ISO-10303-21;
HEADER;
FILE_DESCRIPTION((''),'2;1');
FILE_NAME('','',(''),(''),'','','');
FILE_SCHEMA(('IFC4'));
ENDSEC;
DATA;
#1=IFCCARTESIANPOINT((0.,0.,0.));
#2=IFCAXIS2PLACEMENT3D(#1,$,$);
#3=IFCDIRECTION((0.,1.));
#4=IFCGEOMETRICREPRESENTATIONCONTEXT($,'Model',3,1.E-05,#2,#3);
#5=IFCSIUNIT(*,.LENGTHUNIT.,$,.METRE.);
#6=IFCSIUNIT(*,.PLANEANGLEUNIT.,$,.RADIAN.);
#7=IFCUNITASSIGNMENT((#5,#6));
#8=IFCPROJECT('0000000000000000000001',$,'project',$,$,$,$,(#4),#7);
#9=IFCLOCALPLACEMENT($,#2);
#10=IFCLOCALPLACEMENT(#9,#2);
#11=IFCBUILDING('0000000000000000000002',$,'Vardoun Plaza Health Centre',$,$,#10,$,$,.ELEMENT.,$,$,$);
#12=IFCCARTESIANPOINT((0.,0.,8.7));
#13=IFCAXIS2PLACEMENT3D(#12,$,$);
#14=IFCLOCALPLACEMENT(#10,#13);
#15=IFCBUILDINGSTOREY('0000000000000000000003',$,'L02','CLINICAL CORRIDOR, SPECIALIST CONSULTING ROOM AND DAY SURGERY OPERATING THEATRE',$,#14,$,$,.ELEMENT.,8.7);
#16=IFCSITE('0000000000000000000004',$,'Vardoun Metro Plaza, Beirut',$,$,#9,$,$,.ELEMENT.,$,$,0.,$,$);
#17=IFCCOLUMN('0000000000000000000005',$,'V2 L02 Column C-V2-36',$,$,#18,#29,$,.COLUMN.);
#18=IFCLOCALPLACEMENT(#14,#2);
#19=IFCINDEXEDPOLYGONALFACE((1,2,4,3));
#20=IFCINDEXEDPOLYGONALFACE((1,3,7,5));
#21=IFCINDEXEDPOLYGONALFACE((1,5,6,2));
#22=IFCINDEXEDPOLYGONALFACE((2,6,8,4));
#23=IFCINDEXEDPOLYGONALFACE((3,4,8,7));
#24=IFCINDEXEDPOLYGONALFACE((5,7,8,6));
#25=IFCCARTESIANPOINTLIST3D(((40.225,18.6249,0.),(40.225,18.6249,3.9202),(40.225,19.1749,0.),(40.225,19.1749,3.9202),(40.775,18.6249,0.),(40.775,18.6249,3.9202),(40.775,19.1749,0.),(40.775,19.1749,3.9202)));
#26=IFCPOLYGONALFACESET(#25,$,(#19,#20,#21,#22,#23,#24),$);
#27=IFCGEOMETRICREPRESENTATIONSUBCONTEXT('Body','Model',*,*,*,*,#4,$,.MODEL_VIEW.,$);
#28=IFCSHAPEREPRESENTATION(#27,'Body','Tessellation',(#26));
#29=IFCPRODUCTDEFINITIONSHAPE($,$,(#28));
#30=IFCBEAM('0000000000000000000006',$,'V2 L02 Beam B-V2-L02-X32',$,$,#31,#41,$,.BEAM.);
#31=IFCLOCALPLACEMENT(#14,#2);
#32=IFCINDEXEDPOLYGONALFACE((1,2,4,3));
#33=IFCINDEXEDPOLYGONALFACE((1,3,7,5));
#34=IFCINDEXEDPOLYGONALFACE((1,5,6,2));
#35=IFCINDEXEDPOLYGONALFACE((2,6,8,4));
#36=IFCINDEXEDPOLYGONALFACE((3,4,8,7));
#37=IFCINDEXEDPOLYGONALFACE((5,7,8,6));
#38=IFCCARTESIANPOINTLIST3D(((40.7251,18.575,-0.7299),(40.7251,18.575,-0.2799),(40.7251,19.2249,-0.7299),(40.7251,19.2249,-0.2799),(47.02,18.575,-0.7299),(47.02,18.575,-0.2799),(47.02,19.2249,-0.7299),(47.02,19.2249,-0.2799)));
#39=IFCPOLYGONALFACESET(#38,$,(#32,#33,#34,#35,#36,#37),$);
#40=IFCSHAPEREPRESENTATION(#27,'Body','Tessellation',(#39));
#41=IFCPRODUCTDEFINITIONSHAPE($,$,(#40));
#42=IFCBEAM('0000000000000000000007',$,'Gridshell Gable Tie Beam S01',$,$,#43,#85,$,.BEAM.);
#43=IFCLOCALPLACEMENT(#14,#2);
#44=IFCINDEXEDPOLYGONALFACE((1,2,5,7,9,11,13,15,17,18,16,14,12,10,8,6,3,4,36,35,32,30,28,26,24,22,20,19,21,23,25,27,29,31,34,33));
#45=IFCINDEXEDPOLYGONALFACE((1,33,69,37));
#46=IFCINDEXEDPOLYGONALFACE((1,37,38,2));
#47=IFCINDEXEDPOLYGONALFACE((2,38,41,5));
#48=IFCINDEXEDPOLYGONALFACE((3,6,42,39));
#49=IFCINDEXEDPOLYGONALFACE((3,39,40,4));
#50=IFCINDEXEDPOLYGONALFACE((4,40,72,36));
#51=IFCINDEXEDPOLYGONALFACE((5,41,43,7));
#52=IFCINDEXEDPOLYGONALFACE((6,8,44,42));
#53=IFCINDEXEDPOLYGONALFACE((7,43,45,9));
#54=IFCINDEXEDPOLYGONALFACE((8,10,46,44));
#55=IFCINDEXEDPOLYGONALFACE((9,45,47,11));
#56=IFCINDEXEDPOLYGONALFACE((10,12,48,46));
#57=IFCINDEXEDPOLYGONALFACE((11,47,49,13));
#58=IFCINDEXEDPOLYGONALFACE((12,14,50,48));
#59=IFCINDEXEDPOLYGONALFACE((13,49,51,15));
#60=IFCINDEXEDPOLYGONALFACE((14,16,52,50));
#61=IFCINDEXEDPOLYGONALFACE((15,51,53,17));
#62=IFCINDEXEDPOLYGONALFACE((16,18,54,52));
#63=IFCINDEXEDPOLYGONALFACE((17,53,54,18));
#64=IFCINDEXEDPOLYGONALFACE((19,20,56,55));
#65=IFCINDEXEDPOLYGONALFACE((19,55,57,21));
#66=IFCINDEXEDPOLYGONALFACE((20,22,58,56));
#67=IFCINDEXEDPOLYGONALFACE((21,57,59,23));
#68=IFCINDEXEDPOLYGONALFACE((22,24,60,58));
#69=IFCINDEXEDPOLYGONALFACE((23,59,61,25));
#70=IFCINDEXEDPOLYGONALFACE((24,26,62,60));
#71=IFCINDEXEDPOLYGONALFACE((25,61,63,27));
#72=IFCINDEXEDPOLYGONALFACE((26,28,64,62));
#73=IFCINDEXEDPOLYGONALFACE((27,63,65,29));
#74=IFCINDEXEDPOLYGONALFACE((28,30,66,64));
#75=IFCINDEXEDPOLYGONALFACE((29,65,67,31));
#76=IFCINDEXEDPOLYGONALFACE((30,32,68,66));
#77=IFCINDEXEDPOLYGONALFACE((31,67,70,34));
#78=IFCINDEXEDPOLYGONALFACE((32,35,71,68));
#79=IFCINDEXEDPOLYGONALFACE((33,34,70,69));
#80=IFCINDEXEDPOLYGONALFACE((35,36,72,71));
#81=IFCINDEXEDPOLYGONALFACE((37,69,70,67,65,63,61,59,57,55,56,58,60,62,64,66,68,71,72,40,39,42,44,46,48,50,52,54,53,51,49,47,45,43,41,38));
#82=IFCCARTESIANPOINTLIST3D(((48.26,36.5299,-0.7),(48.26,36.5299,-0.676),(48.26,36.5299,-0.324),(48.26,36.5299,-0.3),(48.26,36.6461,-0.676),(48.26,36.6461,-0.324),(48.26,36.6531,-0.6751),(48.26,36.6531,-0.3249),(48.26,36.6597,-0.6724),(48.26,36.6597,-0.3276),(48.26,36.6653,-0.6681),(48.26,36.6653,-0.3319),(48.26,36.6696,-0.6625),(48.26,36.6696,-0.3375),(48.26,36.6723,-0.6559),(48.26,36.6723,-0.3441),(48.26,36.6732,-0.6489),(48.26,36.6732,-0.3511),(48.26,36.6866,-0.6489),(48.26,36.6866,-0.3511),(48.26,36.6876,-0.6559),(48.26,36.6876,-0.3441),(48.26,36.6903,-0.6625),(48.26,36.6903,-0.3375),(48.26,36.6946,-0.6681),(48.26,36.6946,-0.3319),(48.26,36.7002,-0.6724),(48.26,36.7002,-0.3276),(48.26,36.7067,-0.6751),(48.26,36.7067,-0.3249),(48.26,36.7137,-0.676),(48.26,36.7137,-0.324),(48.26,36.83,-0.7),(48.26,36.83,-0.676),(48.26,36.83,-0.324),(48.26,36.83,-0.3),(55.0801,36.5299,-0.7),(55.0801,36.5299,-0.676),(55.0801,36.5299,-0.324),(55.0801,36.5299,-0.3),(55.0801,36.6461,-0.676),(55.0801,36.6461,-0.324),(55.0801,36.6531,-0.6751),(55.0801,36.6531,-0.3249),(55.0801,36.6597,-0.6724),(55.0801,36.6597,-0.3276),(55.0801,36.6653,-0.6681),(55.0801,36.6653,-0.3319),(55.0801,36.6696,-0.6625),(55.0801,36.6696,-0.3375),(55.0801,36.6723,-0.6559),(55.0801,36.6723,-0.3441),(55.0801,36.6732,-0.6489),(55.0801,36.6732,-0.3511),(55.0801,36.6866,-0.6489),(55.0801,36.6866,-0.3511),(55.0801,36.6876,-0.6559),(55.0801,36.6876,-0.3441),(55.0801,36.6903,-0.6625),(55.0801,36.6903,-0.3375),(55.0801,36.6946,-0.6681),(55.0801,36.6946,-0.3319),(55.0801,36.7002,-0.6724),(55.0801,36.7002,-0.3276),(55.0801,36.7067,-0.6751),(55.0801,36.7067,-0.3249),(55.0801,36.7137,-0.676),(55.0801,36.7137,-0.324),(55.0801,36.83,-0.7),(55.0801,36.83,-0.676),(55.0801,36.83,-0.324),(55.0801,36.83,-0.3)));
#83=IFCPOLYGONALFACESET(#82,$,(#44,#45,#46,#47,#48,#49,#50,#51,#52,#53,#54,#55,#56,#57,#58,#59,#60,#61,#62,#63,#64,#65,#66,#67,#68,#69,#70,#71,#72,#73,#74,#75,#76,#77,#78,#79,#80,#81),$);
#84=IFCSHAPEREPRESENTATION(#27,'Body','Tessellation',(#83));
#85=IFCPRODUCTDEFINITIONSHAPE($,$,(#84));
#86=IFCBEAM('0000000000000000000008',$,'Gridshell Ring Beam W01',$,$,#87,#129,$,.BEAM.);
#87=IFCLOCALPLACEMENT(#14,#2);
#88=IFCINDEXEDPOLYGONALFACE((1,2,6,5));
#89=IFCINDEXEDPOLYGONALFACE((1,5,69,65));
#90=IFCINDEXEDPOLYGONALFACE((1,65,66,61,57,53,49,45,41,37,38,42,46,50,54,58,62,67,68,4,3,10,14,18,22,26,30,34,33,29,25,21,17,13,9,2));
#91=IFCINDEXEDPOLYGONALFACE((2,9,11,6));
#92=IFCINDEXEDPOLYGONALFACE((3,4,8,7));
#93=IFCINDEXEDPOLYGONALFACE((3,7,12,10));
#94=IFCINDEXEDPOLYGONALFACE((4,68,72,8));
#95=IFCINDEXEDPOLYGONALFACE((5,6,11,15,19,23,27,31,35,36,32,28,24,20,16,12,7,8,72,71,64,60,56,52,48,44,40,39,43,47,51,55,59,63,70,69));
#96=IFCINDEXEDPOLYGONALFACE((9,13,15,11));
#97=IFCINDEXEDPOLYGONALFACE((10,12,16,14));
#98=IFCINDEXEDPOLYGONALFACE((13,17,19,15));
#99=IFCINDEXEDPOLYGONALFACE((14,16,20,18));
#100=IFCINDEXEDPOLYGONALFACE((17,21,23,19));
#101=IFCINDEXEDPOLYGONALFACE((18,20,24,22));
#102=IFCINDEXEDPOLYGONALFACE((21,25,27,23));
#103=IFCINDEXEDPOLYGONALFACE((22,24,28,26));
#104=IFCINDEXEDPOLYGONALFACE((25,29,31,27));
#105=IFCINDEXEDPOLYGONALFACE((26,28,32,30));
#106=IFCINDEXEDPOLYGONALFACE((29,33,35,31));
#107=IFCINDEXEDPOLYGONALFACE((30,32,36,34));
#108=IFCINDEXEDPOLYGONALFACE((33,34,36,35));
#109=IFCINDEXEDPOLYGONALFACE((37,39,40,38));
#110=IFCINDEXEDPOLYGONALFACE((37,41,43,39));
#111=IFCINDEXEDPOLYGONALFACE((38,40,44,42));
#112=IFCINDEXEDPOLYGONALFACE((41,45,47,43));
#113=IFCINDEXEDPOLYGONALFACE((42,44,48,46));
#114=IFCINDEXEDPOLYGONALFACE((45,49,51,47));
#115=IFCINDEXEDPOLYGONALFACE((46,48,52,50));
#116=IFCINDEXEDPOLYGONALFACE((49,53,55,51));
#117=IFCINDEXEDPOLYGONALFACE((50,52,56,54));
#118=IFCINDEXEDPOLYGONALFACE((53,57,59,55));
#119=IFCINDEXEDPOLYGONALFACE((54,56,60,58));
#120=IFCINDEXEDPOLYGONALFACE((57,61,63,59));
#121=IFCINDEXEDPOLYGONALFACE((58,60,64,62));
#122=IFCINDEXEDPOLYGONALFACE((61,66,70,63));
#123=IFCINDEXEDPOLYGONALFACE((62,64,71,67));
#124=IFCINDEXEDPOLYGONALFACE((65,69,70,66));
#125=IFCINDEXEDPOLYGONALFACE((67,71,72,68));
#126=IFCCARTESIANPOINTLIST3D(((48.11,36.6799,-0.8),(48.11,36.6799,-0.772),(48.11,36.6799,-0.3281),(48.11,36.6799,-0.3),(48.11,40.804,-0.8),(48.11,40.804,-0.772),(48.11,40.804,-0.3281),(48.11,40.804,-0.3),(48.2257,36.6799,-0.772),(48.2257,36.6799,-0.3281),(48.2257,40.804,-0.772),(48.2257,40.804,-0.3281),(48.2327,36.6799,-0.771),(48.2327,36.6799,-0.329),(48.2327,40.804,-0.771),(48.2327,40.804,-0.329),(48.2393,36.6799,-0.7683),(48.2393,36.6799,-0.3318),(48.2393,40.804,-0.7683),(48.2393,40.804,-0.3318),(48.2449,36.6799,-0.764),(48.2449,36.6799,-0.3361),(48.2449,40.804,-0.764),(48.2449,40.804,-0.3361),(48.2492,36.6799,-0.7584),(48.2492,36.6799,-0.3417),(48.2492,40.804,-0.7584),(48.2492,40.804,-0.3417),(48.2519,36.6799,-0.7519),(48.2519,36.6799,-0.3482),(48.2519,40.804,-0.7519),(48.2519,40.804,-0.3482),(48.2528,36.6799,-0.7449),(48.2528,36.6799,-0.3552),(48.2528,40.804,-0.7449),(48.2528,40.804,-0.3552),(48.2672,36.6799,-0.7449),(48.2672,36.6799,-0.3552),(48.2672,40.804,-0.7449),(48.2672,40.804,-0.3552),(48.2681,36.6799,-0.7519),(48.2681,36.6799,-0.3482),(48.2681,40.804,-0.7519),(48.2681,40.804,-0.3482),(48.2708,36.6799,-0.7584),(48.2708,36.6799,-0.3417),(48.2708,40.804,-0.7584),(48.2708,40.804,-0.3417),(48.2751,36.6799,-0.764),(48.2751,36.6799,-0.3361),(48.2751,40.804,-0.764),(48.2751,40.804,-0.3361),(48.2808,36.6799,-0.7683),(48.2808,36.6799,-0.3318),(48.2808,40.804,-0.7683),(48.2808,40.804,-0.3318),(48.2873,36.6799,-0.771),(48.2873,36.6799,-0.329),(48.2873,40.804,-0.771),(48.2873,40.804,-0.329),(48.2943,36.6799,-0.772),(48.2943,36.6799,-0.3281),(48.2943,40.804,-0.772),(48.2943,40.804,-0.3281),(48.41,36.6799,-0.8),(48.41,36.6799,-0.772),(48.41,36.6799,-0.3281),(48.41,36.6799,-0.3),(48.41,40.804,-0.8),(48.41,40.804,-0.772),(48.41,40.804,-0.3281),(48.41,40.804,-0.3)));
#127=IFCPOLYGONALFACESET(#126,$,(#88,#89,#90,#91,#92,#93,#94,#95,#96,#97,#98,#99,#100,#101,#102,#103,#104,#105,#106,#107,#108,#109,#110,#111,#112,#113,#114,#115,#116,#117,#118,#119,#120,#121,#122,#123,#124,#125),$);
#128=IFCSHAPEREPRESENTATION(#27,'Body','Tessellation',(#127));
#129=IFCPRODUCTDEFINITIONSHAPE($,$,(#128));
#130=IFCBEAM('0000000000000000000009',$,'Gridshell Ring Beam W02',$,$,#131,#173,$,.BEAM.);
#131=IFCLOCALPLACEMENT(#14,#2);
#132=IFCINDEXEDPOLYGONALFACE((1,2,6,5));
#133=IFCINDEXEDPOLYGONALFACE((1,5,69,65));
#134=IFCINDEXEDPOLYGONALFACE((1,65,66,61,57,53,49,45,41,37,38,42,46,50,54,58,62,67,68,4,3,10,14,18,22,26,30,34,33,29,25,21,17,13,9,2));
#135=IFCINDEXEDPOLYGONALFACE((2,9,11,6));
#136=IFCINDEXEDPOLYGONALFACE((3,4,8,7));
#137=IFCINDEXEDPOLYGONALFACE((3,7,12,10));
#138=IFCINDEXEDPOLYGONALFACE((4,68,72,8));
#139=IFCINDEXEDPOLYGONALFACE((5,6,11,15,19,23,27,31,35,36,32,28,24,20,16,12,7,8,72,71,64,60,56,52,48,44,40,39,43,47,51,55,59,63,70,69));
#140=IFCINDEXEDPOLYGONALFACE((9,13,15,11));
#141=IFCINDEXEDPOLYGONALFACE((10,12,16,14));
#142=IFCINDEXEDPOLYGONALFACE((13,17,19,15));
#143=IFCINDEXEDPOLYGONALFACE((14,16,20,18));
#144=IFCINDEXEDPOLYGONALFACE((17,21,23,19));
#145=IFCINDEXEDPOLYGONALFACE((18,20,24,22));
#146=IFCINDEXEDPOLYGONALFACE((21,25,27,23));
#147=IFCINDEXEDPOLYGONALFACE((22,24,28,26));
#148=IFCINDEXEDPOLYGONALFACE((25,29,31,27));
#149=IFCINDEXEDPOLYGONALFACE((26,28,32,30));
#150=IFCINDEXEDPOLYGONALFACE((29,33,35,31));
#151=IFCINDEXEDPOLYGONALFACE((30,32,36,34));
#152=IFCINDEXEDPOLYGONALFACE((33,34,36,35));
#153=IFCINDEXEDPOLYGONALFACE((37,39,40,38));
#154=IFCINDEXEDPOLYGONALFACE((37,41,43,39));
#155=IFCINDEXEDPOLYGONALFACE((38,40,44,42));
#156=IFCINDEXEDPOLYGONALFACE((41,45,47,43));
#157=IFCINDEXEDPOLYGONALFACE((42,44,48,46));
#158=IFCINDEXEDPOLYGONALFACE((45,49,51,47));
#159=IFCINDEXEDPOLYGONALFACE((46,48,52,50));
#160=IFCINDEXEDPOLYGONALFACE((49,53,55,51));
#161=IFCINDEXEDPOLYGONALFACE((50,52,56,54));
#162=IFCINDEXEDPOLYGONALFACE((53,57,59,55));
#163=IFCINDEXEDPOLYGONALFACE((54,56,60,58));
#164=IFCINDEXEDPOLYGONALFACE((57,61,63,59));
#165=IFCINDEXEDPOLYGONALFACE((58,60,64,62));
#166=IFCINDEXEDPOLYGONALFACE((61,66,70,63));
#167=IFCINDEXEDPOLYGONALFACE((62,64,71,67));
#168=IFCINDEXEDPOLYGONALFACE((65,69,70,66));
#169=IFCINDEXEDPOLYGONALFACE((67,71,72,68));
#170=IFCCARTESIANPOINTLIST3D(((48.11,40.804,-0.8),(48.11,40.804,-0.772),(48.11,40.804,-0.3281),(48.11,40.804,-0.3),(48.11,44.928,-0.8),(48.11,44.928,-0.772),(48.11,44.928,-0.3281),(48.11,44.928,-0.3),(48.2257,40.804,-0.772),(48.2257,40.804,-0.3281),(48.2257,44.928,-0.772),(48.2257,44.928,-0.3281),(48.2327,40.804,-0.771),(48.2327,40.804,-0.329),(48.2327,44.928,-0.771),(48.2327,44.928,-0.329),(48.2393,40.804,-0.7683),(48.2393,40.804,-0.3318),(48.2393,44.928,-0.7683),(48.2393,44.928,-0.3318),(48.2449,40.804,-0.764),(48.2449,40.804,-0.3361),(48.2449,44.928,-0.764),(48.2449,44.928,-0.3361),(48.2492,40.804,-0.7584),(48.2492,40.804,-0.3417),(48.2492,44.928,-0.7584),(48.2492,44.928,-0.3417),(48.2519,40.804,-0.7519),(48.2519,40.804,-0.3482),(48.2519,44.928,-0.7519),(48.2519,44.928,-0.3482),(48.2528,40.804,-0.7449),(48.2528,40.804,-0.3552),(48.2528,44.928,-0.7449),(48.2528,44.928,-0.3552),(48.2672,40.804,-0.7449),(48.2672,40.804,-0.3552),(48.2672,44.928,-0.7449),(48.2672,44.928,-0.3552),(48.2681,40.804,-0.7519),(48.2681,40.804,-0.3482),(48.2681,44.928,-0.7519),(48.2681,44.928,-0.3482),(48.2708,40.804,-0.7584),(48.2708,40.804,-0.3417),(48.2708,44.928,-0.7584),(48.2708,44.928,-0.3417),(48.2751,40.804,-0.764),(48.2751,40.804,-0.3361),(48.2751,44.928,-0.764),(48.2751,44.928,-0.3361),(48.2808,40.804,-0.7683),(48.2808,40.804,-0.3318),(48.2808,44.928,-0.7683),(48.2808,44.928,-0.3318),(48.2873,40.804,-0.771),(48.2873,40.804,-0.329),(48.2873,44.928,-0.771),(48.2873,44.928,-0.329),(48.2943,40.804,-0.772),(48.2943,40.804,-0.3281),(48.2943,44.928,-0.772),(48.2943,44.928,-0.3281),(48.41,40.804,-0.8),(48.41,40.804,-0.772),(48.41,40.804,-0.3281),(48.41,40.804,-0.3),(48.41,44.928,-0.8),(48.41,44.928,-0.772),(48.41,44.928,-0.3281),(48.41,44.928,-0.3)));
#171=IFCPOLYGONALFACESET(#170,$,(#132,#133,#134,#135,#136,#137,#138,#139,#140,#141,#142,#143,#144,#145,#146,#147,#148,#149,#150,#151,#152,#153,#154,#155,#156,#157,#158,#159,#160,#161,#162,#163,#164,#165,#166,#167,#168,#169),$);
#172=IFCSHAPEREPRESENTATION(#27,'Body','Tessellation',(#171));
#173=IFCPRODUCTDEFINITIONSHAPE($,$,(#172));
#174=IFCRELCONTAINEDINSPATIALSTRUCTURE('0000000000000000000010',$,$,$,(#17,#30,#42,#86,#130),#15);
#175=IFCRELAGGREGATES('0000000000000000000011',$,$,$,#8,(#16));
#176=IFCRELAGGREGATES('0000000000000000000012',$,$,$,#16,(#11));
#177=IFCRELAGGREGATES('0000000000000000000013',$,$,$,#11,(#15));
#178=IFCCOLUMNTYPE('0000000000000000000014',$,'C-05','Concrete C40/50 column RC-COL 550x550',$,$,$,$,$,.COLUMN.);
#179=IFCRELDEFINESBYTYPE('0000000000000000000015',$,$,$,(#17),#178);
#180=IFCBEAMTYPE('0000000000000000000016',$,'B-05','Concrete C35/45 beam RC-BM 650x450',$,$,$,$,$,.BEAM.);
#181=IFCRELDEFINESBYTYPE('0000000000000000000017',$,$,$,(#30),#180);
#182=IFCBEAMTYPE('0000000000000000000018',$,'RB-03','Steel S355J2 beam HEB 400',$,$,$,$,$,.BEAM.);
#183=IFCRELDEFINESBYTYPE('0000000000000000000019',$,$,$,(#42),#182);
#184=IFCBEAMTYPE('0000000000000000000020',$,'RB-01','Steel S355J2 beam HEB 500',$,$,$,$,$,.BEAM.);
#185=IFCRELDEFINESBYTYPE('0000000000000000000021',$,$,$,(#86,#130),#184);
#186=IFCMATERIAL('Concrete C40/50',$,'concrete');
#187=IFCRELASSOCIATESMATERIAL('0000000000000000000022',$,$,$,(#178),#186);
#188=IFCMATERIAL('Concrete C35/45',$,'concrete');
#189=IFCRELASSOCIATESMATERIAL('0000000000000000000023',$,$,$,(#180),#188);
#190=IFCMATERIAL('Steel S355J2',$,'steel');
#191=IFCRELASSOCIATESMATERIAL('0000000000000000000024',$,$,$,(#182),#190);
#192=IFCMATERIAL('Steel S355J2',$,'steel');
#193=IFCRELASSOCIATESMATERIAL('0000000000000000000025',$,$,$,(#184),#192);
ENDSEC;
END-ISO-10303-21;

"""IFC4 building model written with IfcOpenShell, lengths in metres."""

from ifc_helpers import new_model, si_unit, direction, frame, origin, origin_2d, place, context, subcontext, project, spatial, rectangle, i_section, extrude, material, material_profile, profile_set, type_object, element, save


model = new_model("IFC4")

# Units and contexts
model_context = context("Model", 3, precision=1e-05, world=origin(), true_north=direction((0.0, 1.0)))
body_context = subcontext(model_context, "Body", "Model", "MODEL_VIEW")
ifc_project = project(units=[si_unit("LENGTHUNIT", "METRE"), si_unit("PLANEANGLEUNIT", "RADIAN")], contexts=[model_context])

# Site, building, storey
site_placement = place(None, origin())
site = spatial("IfcSite", under=ifc_project, at=site_placement, Name="Vardoun Metro Plaza, Beirut", CompositionType="ELEMENT", RefElevation=0.0)
building_placement = place(site_placement, origin())
building = spatial("IfcBuilding", under=site, at=building_placement, Name="Vardoun Plaza Health Centre", CompositionType="ELEMENT")
storey_placement = place(building_placement, frame((0.0, 0.0, 8.7)))
storey = spatial("IfcBuildingStorey", under=building, at=storey_placement, Name="L02", Description="CLINICAL CORRIDOR, SPECIALIST CONSULTING ROOM AND DAY SURGERY OPERATING THEATRE", CompositionType="ELEMENT", Elevation=8.7)

# Column
ifc_material_1 = material(Name="Concrete C40/50", Category="concrete")
ifc_material_profile_1 = material_profile(ifc_material_1, rectangle(XDim=0.55, YDim=0.55, at=origin_2d()), Name="RC-COL 550x550")
ifc_profile_set_1 = profile_set([ifc_material_profile_1], Name="Concrete C40/50")
column_type = type_object("IfcColumnType", Name="C-05", Description="Concrete C40/50 column RC-COL 550x550", PredefinedType="COLUMN", material=ifc_profile_set_1)
column_placement = place(storey_placement, frame((40.5, 18.8999, 0.0), z_axis=(0.0, 0.0, 1.0), x_axis=(1.0, 0.0, 0.0)))
element("IfcColumn", 1, at=column_placement, inside=storey, type_object=column_type, Name="V2 L02 Column C-V2-36", PredefinedType="COLUMN", context=body_context, shape_type="SweptSolid", body=[
    extrude(rectangle(XDim=0.55, YDim=0.55, at=origin_2d()), origin(), (0.0, 0.0, 1.0), 3.9202),
])

# Beams
ifc_material_2 = material(Name="Concrete C35/45", Category="concrete")
ifc_material_profile_2 = material_profile(ifc_material_2, rectangle(XDim=0.6499, YDim=0.45, at=origin_2d()), Name="RC-BM 650x450")
ifc_profile_set_2 = profile_set([ifc_material_profile_2], Name="Concrete C35/45")
beam_type_1 = type_object("IfcBeamType", Name="B-05", Description="Concrete C35/45 beam RC-BM 650x450", PredefinedType="BEAM", material=ifc_profile_set_2)
beam_1_placement = place(storey_placement, frame((40.7251, 18.8999, -0.5049), z_axis=(1.0, 0.0, 0.0), x_axis=(0.0, 1.0, 0.0)))
element("IfcBeam", 2, at=beam_1_placement, inside=storey, type_object=beam_type_1, Name="V2 L02 Beam B-V2-L02-X32", PredefinedType="BEAM", context=body_context, shape_type="SweptSolid", body=[
    extrude(rectangle(XDim=0.6499, YDim=0.45, at=origin_2d()), origin(), (0.0, 0.0, 1.0), 6.2949),
])
ifc_material_3 = material(Name="Steel S355J2", Category="steel")
ifc_material_profile_3 = material_profile(ifc_material_3, i_section(OverallWidth=0.3, OverallDepth=0.3999, WebThickness=0.0134, FlangeThickness=0.0239, FilletRadius=0.0271, at=origin_2d()), Name="HEB 400")
ifc_profile_set_3 = profile_set([ifc_material_profile_3], Name="Steel S355J2")
beam_type_2 = type_object("IfcBeamType", Name="RB-03", Description="Steel S355J2 beam HEB 400", PredefinedType="BEAM", material=ifc_profile_set_3)
beam_2_placement = place(storey_placement, frame((48.26, 36.6799, -0.5), z_axis=(1.0, 0.0, 0.0), x_axis=(0.0, 1.0, 0.0)))
element("IfcBeam", 3, at=beam_2_placement, inside=storey, type_object=beam_type_2, Name="Gridshell Gable Tie Beam S01", PredefinedType="BEAM", context=body_context, shape_type="SweptSolid", body=[
    extrude(i_section(OverallWidth=0.3, OverallDepth=0.3999, WebThickness=0.0134, FlangeThickness=0.0239, FilletRadius=0.0271, at=origin_2d()), origin(), (0.0, 0.0, 1.0), 6.8201),
])
ifc_material_4 = material(Name="Steel S355J2", Category="steel")
ifc_material_profile_4 = material_profile(ifc_material_4, i_section(OverallWidth=0.3, OverallDepth=0.5, WebThickness=0.0144, FlangeThickness=0.0281, FilletRadius=0.0271, at=origin_2d()), Name="HEB 500")
ifc_profile_set_4 = profile_set([ifc_material_profile_4], Name="Steel S355J2")
beam_type_3 = type_object("IfcBeamType", Name="RB-01", Description="Steel S355J2 beam HEB 500", PredefinedType="BEAM", material=ifc_profile_set_4)
for number, where, z_axis, x_axis, name in (
    (4, (48.26, 36.6799, -0.55), (0.0, 1.0, 0.0), (-1.0, 0.0, 0.0), "Gridshell Ring Beam W01"),
    (5, (48.26, 40.804, -0.55), (0.0, 1.0, 0.0), (-1.0, 0.0, 0.0), "Gridshell Ring Beam W02"),
):
    element("IfcBeam", number, at=place(storey_placement, frame(where, z_axis=z_axis, x_axis=x_axis)), inside=storey, type_object=beam_type_3, Name=name, PredefinedType="BEAM", context=body_context, shape_type="SweptSolid", body=[
        extrude(i_section(OverallWidth=0.3, OverallDepth=0.5, WebThickness=0.0144, FlangeThickness=0.0281, FilletRadius=0.0271, at=origin_2d()), origin(), (0.0, 0.0, 1.0), 4.124),
    ])

save(model, "model.ifc")
